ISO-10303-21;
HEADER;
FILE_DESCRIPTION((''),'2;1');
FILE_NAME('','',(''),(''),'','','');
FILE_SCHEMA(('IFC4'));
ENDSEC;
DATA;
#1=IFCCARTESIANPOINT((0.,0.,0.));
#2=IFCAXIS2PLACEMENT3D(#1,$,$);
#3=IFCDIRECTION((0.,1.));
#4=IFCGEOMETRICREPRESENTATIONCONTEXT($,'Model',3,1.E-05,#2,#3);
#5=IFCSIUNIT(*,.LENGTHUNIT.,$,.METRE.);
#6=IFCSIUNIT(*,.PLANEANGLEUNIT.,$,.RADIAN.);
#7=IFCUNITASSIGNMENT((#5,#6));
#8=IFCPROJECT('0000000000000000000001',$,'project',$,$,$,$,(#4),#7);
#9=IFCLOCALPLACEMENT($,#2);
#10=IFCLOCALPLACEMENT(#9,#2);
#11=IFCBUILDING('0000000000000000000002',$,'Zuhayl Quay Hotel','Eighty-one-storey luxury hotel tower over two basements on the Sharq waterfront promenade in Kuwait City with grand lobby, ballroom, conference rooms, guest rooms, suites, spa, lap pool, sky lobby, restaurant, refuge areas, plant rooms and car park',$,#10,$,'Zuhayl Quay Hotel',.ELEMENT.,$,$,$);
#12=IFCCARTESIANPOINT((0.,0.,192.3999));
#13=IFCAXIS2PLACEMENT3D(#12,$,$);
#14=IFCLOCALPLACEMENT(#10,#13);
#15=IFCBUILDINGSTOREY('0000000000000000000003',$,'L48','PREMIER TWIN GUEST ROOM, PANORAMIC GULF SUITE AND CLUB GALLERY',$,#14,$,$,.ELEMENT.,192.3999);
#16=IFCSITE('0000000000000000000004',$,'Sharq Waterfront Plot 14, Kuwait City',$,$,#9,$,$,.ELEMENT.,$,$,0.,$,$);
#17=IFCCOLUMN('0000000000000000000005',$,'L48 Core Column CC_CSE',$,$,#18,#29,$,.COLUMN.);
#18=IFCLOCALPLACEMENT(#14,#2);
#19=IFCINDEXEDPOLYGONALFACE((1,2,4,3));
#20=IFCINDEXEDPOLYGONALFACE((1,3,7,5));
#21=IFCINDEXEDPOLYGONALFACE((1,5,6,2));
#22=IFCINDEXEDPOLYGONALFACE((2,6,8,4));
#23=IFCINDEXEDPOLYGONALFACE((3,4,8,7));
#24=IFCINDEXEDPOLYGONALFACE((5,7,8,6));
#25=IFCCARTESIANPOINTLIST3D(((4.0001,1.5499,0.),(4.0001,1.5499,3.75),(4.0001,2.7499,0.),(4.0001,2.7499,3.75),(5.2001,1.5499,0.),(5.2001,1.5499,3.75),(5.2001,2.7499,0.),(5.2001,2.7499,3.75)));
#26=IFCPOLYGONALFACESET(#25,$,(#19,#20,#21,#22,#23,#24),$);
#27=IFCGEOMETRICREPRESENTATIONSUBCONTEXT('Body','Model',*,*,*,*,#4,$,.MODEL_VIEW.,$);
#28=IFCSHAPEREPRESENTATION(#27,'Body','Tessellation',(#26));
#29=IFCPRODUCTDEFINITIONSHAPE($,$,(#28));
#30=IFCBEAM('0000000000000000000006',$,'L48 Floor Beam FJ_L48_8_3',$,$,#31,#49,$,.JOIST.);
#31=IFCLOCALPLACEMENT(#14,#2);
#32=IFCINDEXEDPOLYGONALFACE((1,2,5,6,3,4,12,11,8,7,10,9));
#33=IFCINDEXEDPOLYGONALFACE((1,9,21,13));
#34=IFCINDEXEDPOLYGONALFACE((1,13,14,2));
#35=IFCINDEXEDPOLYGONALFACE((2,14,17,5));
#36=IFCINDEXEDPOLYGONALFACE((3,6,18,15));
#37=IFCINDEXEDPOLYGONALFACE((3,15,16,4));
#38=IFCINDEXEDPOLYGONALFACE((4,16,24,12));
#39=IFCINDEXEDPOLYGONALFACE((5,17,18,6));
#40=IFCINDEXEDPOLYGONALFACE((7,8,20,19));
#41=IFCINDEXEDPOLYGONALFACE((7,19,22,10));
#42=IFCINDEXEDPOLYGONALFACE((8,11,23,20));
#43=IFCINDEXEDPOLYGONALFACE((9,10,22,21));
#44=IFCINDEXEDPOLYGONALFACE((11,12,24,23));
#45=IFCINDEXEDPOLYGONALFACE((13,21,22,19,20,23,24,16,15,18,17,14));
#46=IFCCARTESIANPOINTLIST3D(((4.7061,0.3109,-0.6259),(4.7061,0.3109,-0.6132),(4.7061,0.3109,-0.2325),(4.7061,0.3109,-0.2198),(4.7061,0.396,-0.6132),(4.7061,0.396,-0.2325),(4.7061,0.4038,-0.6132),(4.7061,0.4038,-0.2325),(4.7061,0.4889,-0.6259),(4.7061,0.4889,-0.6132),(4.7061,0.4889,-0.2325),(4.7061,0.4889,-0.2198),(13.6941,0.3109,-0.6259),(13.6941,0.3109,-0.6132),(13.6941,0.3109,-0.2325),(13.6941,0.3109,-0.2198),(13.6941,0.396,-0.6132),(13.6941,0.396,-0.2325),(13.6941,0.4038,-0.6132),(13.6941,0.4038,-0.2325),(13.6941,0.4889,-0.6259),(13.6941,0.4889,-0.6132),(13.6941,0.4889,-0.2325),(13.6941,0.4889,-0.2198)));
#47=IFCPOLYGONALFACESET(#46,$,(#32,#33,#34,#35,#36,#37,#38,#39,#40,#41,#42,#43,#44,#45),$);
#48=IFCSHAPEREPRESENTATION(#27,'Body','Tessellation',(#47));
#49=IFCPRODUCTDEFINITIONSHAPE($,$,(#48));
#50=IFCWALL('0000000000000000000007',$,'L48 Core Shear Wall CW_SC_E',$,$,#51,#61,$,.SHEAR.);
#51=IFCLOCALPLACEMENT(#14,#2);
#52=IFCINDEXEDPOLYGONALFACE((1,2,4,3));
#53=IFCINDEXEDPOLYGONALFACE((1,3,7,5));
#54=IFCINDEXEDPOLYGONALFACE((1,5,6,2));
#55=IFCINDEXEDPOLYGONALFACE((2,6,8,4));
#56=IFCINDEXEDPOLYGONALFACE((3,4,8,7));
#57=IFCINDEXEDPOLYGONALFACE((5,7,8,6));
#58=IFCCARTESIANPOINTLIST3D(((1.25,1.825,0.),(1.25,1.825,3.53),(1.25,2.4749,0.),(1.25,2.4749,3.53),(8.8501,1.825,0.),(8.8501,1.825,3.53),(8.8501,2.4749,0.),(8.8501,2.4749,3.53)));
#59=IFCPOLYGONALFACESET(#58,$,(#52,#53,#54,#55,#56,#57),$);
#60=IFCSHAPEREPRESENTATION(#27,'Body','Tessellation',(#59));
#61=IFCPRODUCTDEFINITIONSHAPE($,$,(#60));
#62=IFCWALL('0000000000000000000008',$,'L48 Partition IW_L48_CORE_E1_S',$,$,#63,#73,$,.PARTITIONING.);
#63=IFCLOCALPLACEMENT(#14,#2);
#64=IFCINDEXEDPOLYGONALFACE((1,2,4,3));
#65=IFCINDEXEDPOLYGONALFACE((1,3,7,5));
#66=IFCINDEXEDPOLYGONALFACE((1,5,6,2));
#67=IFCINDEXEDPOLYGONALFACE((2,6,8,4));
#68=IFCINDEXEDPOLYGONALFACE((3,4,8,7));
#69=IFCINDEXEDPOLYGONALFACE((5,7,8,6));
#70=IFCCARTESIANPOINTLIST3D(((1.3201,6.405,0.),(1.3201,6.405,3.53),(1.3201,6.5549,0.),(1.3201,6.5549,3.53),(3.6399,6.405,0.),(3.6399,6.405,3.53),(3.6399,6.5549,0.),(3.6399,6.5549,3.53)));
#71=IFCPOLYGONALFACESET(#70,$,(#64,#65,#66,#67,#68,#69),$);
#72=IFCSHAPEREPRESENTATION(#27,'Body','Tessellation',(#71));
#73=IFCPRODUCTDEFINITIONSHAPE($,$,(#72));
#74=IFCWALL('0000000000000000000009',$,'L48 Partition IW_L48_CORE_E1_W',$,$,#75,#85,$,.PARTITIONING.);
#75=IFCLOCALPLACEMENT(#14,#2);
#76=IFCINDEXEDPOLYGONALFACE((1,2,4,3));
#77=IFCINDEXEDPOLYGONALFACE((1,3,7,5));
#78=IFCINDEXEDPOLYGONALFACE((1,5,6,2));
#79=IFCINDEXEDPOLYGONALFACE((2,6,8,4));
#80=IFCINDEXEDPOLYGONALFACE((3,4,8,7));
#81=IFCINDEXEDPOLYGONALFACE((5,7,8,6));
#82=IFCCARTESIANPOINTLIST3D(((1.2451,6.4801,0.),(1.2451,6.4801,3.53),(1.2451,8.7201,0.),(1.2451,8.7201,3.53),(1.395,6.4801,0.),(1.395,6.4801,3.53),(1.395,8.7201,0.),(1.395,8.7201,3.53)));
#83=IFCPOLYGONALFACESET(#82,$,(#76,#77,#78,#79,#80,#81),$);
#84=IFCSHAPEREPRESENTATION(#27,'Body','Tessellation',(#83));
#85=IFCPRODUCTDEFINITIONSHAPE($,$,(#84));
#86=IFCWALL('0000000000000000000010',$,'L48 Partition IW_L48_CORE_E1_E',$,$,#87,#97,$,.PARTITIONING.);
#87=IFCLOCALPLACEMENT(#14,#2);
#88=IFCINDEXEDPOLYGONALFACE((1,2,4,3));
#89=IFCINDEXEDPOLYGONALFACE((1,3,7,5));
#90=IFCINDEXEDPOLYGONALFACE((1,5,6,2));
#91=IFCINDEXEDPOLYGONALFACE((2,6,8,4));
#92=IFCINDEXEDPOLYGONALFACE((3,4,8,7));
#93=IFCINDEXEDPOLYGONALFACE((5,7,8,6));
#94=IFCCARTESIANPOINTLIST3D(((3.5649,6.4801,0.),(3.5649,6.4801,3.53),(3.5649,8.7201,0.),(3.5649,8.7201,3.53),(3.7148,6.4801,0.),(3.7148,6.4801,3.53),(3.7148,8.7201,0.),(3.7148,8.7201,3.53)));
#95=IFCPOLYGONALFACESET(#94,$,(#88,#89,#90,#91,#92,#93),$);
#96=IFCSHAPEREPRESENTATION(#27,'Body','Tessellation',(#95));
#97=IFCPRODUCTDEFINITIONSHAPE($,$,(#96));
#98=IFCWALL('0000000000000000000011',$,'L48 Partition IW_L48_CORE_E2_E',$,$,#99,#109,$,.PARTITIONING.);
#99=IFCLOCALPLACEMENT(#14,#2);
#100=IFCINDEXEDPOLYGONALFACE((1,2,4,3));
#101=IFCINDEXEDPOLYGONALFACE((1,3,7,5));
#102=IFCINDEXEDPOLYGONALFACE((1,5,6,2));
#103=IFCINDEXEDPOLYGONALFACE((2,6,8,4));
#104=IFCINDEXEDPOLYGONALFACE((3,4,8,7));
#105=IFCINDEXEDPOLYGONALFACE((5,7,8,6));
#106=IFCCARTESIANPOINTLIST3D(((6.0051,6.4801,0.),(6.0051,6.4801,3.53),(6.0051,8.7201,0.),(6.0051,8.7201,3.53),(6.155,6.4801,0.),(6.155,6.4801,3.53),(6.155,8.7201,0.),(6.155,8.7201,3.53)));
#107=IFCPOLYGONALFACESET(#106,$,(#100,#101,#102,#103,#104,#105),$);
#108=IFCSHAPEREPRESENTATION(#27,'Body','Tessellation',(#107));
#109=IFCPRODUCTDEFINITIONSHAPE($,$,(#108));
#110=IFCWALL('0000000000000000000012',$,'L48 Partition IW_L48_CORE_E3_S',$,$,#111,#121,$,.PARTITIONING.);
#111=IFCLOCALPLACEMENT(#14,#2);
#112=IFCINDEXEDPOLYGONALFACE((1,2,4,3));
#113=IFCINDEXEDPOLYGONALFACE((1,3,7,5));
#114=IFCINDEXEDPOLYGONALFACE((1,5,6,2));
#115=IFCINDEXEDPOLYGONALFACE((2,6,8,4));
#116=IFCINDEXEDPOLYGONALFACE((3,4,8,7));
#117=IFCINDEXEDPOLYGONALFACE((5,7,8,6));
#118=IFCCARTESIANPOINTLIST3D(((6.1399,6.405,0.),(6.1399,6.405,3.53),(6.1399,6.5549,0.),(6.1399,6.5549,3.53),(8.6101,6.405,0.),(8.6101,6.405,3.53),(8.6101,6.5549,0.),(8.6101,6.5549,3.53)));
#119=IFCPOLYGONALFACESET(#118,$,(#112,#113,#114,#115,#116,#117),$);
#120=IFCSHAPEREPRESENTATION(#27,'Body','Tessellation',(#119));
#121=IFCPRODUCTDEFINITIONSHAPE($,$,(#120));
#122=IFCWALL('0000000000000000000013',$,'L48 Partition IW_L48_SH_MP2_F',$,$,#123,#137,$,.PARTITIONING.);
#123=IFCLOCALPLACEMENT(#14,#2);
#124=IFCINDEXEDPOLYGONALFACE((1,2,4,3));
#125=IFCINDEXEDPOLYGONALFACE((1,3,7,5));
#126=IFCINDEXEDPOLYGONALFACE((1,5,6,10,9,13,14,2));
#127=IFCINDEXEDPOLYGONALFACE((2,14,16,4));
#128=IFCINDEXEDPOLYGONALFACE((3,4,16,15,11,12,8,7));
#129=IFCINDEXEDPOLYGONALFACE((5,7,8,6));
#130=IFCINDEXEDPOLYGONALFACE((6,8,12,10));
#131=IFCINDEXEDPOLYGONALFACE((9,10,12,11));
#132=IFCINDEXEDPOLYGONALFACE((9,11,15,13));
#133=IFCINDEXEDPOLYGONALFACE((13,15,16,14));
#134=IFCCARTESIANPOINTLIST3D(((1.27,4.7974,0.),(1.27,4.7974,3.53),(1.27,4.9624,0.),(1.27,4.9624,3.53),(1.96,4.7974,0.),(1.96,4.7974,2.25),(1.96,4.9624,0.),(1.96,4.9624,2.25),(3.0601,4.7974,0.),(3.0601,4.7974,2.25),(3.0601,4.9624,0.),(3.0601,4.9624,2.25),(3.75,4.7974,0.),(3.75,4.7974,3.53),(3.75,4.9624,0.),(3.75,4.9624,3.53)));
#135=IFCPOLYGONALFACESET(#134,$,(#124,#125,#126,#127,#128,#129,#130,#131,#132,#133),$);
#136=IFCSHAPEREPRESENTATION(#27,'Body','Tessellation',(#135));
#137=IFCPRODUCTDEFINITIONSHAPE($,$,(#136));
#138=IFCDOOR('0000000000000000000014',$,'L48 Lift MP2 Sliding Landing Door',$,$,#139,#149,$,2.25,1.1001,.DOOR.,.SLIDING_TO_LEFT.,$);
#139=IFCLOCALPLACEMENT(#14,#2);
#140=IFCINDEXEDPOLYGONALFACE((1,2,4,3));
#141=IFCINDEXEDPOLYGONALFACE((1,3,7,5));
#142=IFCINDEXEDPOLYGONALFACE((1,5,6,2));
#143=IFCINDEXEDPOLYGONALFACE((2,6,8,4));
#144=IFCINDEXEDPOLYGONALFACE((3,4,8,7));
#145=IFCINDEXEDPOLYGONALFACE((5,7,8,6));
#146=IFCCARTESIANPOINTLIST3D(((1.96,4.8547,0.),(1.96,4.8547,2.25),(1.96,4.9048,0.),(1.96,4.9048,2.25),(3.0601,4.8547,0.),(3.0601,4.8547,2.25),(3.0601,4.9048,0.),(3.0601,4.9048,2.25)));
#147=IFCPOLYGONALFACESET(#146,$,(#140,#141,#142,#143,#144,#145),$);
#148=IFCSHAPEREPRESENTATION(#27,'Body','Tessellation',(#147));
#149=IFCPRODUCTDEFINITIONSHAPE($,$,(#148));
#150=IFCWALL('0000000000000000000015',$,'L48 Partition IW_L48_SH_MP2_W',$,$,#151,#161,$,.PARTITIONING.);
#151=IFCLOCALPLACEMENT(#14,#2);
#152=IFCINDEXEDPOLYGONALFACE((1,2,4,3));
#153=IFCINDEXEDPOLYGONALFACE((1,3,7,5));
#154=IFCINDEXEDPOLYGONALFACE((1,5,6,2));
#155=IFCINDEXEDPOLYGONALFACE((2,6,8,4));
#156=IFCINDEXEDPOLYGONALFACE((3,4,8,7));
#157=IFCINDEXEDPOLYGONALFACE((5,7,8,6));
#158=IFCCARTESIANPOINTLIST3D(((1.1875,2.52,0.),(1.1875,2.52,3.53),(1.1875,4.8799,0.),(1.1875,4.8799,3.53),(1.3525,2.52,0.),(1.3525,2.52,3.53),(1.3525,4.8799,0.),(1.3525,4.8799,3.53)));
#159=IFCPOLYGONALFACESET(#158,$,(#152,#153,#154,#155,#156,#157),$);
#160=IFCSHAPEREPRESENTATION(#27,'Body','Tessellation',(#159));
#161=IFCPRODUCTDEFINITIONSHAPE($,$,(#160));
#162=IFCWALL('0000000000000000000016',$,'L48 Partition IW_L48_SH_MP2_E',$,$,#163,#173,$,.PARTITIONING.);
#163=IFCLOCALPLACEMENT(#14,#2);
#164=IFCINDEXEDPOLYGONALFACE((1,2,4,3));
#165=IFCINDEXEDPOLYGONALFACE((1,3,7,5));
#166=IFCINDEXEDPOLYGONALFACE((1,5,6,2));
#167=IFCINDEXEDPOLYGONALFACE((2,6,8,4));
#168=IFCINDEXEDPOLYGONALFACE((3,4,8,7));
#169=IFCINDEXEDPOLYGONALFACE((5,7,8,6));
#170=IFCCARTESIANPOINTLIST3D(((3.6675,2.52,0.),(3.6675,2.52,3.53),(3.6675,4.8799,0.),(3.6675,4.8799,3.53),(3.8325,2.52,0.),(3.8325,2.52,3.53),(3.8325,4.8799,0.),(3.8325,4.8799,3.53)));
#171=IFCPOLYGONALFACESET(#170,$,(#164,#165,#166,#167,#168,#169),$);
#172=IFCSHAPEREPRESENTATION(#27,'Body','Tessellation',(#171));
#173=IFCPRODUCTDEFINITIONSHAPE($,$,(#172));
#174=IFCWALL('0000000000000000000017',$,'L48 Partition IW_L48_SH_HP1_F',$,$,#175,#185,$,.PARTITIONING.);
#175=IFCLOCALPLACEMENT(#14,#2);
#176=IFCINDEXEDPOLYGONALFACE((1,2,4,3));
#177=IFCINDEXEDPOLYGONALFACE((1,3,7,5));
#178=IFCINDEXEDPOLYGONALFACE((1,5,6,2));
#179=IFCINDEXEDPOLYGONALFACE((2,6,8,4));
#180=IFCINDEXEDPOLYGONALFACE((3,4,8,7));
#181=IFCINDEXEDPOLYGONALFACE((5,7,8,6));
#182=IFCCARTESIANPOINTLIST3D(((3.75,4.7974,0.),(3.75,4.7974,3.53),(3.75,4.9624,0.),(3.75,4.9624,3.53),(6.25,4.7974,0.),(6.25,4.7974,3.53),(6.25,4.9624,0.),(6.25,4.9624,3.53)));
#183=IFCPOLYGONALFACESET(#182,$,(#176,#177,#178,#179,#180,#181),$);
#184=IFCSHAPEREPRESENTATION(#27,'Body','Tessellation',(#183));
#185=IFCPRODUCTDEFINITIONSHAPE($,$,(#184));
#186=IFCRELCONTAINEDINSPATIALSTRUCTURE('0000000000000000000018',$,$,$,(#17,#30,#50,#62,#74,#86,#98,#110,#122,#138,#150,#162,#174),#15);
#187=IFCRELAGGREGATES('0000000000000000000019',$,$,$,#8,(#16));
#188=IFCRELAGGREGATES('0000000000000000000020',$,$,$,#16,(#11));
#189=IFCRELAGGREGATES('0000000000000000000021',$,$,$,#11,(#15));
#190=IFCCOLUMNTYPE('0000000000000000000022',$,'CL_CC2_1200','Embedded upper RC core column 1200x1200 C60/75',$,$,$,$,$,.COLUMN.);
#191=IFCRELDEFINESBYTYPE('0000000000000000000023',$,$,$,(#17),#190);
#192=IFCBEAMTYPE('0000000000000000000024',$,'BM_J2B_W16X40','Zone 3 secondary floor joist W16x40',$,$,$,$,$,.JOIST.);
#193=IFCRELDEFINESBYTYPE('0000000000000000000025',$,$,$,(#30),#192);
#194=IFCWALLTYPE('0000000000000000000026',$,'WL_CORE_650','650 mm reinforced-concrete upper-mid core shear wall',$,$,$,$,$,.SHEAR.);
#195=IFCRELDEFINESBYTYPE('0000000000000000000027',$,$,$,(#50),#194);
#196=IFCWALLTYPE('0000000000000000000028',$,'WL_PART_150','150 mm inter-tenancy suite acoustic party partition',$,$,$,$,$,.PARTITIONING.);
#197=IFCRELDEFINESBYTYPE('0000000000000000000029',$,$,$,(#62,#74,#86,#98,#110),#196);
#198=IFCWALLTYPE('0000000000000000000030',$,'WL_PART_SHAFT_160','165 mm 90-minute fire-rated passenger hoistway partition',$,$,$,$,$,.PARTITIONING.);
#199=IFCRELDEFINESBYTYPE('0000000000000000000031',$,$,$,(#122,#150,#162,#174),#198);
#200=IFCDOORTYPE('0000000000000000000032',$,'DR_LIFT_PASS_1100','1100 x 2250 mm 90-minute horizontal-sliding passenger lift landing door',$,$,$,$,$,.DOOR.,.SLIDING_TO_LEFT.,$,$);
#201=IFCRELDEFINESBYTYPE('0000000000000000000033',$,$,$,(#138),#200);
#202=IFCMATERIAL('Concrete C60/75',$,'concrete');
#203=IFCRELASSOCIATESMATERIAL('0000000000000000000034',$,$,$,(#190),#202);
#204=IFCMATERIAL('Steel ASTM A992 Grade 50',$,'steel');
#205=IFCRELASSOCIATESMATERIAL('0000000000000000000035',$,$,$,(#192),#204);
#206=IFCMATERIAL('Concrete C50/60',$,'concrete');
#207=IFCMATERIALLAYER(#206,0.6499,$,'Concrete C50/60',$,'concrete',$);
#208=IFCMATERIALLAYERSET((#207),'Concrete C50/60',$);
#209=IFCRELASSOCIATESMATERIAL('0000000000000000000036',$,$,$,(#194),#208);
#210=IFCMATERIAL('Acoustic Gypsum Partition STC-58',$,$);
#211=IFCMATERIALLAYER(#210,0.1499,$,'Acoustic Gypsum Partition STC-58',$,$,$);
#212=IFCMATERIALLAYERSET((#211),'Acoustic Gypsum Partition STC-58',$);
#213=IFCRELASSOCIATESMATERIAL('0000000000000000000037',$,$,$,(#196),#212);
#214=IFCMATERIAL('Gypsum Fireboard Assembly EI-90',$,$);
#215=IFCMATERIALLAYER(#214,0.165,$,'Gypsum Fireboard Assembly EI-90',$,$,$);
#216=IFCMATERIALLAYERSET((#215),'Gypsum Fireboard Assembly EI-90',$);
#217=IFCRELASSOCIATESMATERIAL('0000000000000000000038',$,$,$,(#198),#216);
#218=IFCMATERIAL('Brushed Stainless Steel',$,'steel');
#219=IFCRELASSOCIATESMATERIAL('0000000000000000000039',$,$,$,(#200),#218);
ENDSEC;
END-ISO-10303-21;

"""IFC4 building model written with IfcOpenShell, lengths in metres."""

from ifc_helpers import new_model, si_unit, direction, frame, frame_2d, origin, origin_2d, place, context, subcontext, project, spatial, rectangle, i_section, extrude, material, layer, layer_set, material_profile, profile_set, type_object, element, fill, save


model = new_model("IFC4")

# Units and contexts
model_context = context("Model", 3, precision=1e-05, world=origin(), true_north=direction((0.0, 1.0)))
body_context = subcontext(model_context, "Body", "Model", "MODEL_VIEW")
ifc_project = project(units=[si_unit("LENGTHUNIT", "METRE"), si_unit("PLANEANGLEUNIT", "RADIAN")], contexts=[model_context])

# Site, building, storey
site_placement = place(None, origin())
site = spatial("IfcSite", under=ifc_project, at=site_placement, Name="Sharq Waterfront Plot 14, Kuwait City", CompositionType="ELEMENT", RefElevation=0.0)
building_placement = place(site_placement, origin())
building = spatial("IfcBuilding", under=site, at=building_placement, Name="Zuhayl Quay Hotel", Description="Eighty-one-storey luxury hotel tower over two basements on the Sharq waterfront promenade in Kuwait City with grand lobby, ballroom, conference rooms, guest rooms, suites, spa, lap pool, sky lobby, restaurant, refuge areas, plant rooms and car park", LongName="Zuhayl Quay Hotel", CompositionType="ELEMENT")
storey_placement = place(building_placement, frame((0.0, 0.0, 192.3999)))
storey = spatial("IfcBuildingStorey", under=building, at=storey_placement, Name="L48", Description="PREMIER TWIN GUEST ROOM, PANORAMIC GULF SUITE AND CLUB GALLERY", CompositionType="ELEMENT", Elevation=192.3999)

# Column
ifc_material_1 = material(Name="Concrete C60/75", Category="concrete")
ifc_material_profile_1 = material_profile(ifc_material_1, rectangle(XDim=1.2, YDim=1.2, at=origin_2d()), Name="RC1200X1200")
ifc_profile_set_1 = profile_set([ifc_material_profile_1], Name="Concrete C60/75")
column_type = type_object("IfcColumnType", Name="CL_CC2_1200", Description="Embedded upper RC core column 1200x1200 C60/75", PredefinedType="COLUMN", material=ifc_profile_set_1)
column_placement = place(storey_placement, frame((4.6001, 2.1499, 0.0), z_axis=(0.0, 0.0, 1.0), x_axis=(1.0, 0.0, 0.0)))
element("IfcColumn", 1, at=column_placement, inside=storey, type_object=column_type, Name="L48 Core Column CC_CSE", PredefinedType="COLUMN", context=body_context, shape_type="SweptSolid", body=[
    extrude(rectangle(XDim=1.2, YDim=1.2, at=origin_2d()), origin(), (0.0, 0.0, 1.0), 3.75),
])

# Beam
ifc_material_2 = material(Name="Steel ASTM A992 Grade 50", Category="steel")
ifc_material_profile_2 = material_profile(ifc_material_2, i_section(OverallWidth=0.178, OverallDepth=0.406, WebThickness=0.0078, FlangeThickness=0.0127, at=origin_2d()), Name="W16X40")
ifc_profile_set_2 = profile_set([ifc_material_profile_2], Name="Steel ASTM A992 Grade 50")
beam_type = type_object("IfcBeamType", Name="BM_J2B_W16X40", Description="Zone 3 secondary floor joist W16x40", PredefinedType="JOIST", material=ifc_profile_set_2)
beam_placement = place(storey_placement, frame((4.7061, 0.3999, -0.4229), z_axis=(1.0, 0.0, 0.0), x_axis=(0.0, 1.0, 0.0)))
element("IfcBeam", 2, at=beam_placement, inside=storey, type_object=beam_type, Name="L48 Floor Beam FJ_L48_8_3", PredefinedType="JOIST", context=body_context, shape_type="SweptSolid", body=[
    extrude(i_section(OverallWidth=0.178, OverallDepth=0.406, WebThickness=0.0078, FlangeThickness=0.0127, at=origin_2d()), origin(), (0.0, 0.0, 1.0), 8.988),
])

# Wall
ifc_material_3 = material(Name="Concrete C50/60", Category="concrete")
ifc_layer_1 = layer(ifc_material_3, 0.6499, Name="Concrete C50/60", Category="concrete")
ifc_layer_set_1 = layer_set([ifc_layer_1], Name="Concrete C50/60")
wall_type_1 = type_object("IfcWallType", Name="WL_CORE_650", Description="650 mm reinforced-concrete upper-mid core shear wall", PredefinedType="SHEAR", material=ifc_layer_set_1)
wall_1_placement = place(storey_placement, frame((1.25, 2.1499, 0.0), z_axis=(0.0, 0.0, 1.0), x_axis=(1.0, 0.0, 0.0)))
element("IfcWall", 3, at=wall_1_placement, inside=storey, type_object=wall_type_1, Name="L48 Core Shear Wall CW_SC_E", PredefinedType="SHEAR", context=body_context, shape_type="SweptSolid", body=[
    extrude(rectangle(XDim=7.6001, YDim=0.6499, at=frame_2d((3.8, 0.0))), origin(), (0.0, 0.0, 1.0), 3.53),
])

# Shared definitions
ifc_material_4 = material(Name="Acoustic Gypsum Partition STC-58")
ifc_layer_2 = layer(ifc_material_4, 0.1499, Name="Acoustic Gypsum Partition STC-58")
ifc_layer_set_2 = layer_set([ifc_layer_2], Name="Acoustic Gypsum Partition STC-58")
wall_type_2 = type_object("IfcWallType", Name="WL_PART_150", Description="150 mm inter-tenancy suite acoustic party partition", PredefinedType="PARTITIONING", material=ifc_layer_set_2)

# Walls
wall_2_placement = place(storey_placement, frame((1.3201, 6.48, 0.0), z_axis=(0.0, 0.0, 1.0), x_axis=(1.0, 0.0, 0.0)))
element("IfcWall", 4, at=wall_2_placement, inside=storey, type_object=wall_type_2, Name="L48 Partition IW_L48_CORE_E1_S", PredefinedType="PARTITIONING", context=body_context, shape_type="SweptSolid", body=[
    extrude(rectangle(XDim=2.3198, YDim=0.1499, at=frame_2d((1.1599, 0.0))), origin(), (0.0, 0.0, 1.0), 3.53),
])
for number, where, z_axis, x_axis, name in (
    (5, (1.3201, 6.48, 0.0), (0.0, 0.0, 1.0), (0.0, 1.0, 0.0), "L48 Partition IW_L48_CORE_E1_W"),
    (6, (3.6399, 6.48, 0.0), (0.0, 0.0, 1.0), (0.0, 1.0, 0.0), "L48 Partition IW_L48_CORE_E1_E"),
    (7, (6.0801, 6.48, 0.0), (0.0, 0.0, 1.0), (0.0, 1.0, 0.0), "L48 Partition IW_L48_CORE_E2_E"),
):
    element("IfcWall", number, at=place(storey_placement, frame(where, z_axis=z_axis, x_axis=x_axis)), inside=storey, type_object=wall_type_2, Name=name, PredefinedType="PARTITIONING", context=body_context, shape_type="SweptSolid", body=[
        extrude(rectangle(XDim=2.24, YDim=0.1499, at=frame_2d((1.1201, 0.0))), origin(), (0.0, 0.0, 1.0), 3.53),
    ])
wall_3_placement = place(storey_placement, frame((6.1399, 6.48, 0.0), z_axis=(0.0, 0.0, 1.0), x_axis=(1.0, 0.0, 0.0)))
element("IfcWall", 8, at=wall_3_placement, inside=storey, type_object=wall_type_2, Name="L48 Partition IW_L48_CORE_E3_S", PredefinedType="PARTITIONING", context=body_context, shape_type="SweptSolid", body=[
    extrude(rectangle(XDim=2.4702, YDim=0.1499, at=frame_2d((1.2351, 0.0))), origin(), (0.0, 0.0, 1.0), 3.53),
])

# Wall, opening, door
ifc_material_5 = material(Name="Gypsum Fireboard Assembly EI-90")
ifc_layer_3 = layer(ifc_material_5, 0.165, Name="Gypsum Fireboard Assembly EI-90")
ifc_layer_set_3 = layer_set([ifc_layer_3], Name="Gypsum Fireboard Assembly EI-90")
wall_type_3 = type_object("IfcWallType", Name="WL_PART_SHAFT_160", Description="165 mm 90-minute fire-rated passenger hoistway partition", PredefinedType="PARTITIONING", material=ifc_layer_set_3)
wall_4_placement = place(storey_placement, frame((1.27, 4.8799, 0.0), z_axis=(0.0, 0.0, 1.0), x_axis=(1.0, 0.0, 0.0)))
wall_4 = element("IfcWall", 9, at=wall_4_placement, inside=storey, type_object=wall_type_3, Name="L48 Partition IW_L48_SH_MP2_F", PredefinedType="PARTITIONING", context=body_context, shape_type="SweptSolid", body=[
    extrude(rectangle(XDim=2.48, YDim=0.165, at=frame_2d((1.24, 0.0))), origin(), (0.0, 0.0, 1.0), 3.53),
])
opening_1_placement = place(wall_4_placement, frame((0.6899, 0.0, 0.0)))
opening_1 = element("IfcOpeningElement", 10, at=opening_1_placement, cuts=wall_4, PredefinedType="OPENING", context=body_context, shape_type="SweptSolid", body=[
    extrude(rectangle(XDim=1.1001, YDim=2.25, at=frame_2d((0.55, 1.125))), frame((0.0, 0.0925, 0.0), z_axis=(0.0, -1.0, 0.0), x_axis=(1.0, 0.0, 0.0)), (0.0, 0.0, 1.0), 0.1851),
])
ifc_material_6 = material(Name="Brushed Stainless Steel", Category="steel")
door_type_1 = type_object("IfcDoorType", Name="DR_LIFT_PASS_1100", Description="1100 x 2250 mm 90-minute horizontal-sliding passenger lift landing door", OperationType="SLIDING_TO_LEFT", PredefinedType="DOOR", material=ifc_material_6)
door_1_placement = place(opening_1_placement, origin())
door_1 = element("IfcDoor", 11, at=door_1_placement, inside=storey, type_object=door_type_1, Name="L48 Lift MP2 Sliding Landing Door", OperationType="SLIDING_TO_LEFT", OverallHeight=2.25, OverallWidth=1.1001, PredefinedType="DOOR", context=body_context, shape_type="SweptSolid", body=[
    extrude(rectangle(XDim=1.1001, YDim=2.25, at=frame_2d((0.55, 1.125))), frame((0.0, 0.0249, 0.0), z_axis=(0.0, -1.0, 0.0), x_axis=(1.0, 0.0, 0.0)), (0.0, 0.0, 1.0), 0.05),
])
fill(opening_1, door_1)

# Walls
for number, where, z_axis, x_axis, name in (
    (12, (1.27, 2.52, 0.0), (0.0, 0.0, 1.0), (0.0, 1.0, 0.0), "L48 Partition IW_L48_SH_MP2_W"),
    (13, (3.75, 2.52, 0.0), (0.0, 0.0, 1.0), (0.0, 1.0, 0.0), "L48 Partition IW_L48_SH_MP2_E"),
):
    element("IfcWall", number, at=place(storey_placement, frame(where, z_axis=z_axis, x_axis=x_axis)), inside=storey, type_object=wall_type_3, Name=name, PredefinedType="PARTITIONING", context=body_context, shape_type="SweptSolid", body=[
        extrude(rectangle(XDim=2.3599, YDim=0.165, at=frame_2d((1.1799, 0.0))), origin(), (0.0, 0.0, 1.0), 3.53),
    ])
wall_5_placement = place(storey_placement, frame((3.75, 4.8799, 0.0), z_axis=(0.0, 0.0, 1.0), x_axis=(1.0, 0.0, 0.0)))
element("IfcWall", 14, at=wall_5_placement, inside=storey, type_object=wall_type_3, Name="L48 Partition IW_L48_SH_HP1_F", PredefinedType="PARTITIONING", context=body_context, shape_type="SweptSolid", body=[
    extrude(rectangle(XDim=2.5, YDim=0.165, at=frame_2d((1.25, 0.0))), origin(), (0.0, 0.0, 1.0), 3.53),
])

save(model, "model.ifc")
